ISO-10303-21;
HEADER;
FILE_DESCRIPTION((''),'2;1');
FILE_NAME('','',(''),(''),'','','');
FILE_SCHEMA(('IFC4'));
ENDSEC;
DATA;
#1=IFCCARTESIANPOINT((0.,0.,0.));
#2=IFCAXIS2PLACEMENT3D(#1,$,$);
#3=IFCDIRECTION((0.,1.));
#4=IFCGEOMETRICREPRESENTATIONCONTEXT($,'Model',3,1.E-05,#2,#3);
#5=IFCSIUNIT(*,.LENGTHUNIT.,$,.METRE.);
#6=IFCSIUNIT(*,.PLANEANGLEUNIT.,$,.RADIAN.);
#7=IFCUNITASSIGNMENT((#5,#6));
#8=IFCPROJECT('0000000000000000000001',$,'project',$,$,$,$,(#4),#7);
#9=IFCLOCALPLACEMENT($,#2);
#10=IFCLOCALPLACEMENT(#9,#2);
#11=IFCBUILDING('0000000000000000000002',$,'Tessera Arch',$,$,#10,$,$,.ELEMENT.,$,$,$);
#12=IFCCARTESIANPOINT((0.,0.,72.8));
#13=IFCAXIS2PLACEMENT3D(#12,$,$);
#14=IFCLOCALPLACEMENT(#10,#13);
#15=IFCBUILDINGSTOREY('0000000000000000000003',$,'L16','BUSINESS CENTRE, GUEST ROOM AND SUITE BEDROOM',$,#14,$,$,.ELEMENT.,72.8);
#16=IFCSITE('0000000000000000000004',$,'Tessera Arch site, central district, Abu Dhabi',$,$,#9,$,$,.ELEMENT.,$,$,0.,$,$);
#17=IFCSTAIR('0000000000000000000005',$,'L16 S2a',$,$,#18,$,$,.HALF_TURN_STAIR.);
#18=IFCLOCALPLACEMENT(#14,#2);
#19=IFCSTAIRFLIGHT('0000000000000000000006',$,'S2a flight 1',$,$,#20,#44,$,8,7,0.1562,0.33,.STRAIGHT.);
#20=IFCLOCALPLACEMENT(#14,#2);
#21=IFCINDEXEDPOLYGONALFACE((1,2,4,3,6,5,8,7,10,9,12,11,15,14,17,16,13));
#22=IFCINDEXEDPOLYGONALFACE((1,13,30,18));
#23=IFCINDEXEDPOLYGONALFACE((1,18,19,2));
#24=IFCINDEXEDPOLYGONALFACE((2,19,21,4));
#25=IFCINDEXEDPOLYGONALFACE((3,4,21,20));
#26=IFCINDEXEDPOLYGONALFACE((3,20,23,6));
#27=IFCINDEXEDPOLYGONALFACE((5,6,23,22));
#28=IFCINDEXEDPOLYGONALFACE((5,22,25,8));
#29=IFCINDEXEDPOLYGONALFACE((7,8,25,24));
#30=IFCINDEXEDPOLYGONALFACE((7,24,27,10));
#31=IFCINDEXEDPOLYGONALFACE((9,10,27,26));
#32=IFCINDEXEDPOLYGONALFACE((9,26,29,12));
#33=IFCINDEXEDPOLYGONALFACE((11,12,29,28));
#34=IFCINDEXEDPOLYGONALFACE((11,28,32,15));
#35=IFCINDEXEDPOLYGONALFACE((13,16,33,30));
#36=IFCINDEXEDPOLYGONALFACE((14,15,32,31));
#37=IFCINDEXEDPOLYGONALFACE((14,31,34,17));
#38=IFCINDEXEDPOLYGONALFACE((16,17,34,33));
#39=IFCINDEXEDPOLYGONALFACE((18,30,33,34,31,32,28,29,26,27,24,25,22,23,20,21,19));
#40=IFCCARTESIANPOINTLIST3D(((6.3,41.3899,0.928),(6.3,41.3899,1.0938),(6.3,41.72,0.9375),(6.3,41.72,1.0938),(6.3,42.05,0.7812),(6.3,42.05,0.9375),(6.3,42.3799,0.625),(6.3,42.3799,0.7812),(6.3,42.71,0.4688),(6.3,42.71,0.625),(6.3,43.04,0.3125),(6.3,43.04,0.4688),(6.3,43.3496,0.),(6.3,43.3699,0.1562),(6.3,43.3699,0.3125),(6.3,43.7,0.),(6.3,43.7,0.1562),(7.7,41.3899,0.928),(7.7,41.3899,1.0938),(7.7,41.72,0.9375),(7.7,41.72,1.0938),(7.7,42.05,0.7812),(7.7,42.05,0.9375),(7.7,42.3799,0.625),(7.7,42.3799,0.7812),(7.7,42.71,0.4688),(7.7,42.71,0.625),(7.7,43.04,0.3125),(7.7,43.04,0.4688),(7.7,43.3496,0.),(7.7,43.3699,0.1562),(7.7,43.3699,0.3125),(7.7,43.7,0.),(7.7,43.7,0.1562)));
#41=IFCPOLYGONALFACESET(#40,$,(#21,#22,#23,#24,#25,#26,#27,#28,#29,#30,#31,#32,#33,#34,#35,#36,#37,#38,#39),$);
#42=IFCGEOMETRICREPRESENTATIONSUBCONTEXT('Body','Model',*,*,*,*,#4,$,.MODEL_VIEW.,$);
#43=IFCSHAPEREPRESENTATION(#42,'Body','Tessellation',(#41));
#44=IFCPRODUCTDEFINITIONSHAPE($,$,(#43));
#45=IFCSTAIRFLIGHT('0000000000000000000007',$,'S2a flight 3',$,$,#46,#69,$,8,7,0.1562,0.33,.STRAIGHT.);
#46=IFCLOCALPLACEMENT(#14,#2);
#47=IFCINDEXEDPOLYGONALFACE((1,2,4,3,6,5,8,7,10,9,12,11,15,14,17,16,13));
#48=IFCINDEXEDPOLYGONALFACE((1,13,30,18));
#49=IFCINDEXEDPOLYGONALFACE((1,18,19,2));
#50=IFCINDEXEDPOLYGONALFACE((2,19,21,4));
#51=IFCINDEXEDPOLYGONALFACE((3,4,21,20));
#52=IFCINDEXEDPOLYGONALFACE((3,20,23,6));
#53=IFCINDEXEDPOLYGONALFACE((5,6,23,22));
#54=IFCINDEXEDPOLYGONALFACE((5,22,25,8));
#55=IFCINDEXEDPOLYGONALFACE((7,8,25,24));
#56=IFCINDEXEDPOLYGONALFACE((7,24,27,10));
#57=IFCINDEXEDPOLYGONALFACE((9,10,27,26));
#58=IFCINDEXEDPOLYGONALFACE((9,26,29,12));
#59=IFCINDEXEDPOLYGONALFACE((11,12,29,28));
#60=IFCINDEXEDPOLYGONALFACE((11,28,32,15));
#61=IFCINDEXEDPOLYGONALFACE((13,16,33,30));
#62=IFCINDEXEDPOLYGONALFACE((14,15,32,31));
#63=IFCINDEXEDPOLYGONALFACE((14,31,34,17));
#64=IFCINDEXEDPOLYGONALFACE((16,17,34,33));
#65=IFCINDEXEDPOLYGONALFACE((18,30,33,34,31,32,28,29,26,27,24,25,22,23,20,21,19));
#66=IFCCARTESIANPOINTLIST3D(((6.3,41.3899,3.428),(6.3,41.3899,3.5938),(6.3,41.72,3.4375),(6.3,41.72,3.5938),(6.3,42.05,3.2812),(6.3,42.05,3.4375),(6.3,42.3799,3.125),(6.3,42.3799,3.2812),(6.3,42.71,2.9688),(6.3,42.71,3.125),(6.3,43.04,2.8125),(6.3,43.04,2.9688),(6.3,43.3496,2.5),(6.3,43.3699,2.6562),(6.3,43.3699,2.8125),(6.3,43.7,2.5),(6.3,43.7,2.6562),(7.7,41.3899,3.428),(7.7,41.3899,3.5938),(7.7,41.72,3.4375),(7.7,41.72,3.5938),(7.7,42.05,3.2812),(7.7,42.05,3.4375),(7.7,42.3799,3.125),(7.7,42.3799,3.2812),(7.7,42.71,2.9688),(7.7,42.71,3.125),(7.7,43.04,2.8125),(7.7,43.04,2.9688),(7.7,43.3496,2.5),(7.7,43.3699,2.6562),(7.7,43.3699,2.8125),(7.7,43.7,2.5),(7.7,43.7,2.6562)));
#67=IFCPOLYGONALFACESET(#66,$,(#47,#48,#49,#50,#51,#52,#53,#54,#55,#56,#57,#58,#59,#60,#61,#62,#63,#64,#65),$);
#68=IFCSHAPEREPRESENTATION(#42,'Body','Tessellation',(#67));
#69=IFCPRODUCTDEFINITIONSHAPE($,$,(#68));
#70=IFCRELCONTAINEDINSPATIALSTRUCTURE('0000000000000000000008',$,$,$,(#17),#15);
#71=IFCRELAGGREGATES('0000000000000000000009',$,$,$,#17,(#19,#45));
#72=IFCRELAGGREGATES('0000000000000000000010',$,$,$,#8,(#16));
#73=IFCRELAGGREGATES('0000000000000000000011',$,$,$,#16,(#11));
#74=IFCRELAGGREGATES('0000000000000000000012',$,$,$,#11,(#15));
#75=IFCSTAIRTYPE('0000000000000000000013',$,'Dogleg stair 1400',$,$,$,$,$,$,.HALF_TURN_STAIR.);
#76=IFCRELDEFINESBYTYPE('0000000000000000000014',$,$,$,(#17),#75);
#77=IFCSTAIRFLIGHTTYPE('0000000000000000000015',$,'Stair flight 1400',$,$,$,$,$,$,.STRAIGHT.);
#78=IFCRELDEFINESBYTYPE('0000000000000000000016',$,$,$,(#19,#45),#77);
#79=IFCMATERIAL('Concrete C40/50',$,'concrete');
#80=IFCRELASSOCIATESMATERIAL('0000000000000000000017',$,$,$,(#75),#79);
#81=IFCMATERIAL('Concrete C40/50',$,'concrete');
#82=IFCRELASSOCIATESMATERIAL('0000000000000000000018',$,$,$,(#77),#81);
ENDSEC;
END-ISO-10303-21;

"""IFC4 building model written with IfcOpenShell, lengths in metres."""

from ifc_helpers import new_model, si_unit, direction, frame, origin, place, context, subcontext, project, spatial, polyline, outline, extrude, material, type_object, element, aggregate, save


model = new_model("IFC4")

# Units and contexts
model_context = context("Model", 3, precision=1e-05, world=origin(), true_north=direction((0.0, 1.0)))
body_context = subcontext(model_context, "Body", "Model", "MODEL_VIEW")
ifc_project = project(units=[si_unit("LENGTHUNIT", "METRE"), si_unit("PLANEANGLEUNIT", "RADIAN")], contexts=[model_context])

# Site, building, storey
site_placement = place(None, origin())
site = spatial("IfcSite", under=ifc_project, at=site_placement, Name="Tessera Arch site, central district, Abu Dhabi", CompositionType="ELEMENT", RefElevation=0.0)
building_placement = place(site_placement, origin())
building = spatial("IfcBuilding", under=site, at=building_placement, Name="Tessera Arch", CompositionType="ELEMENT")
storey_placement = place(building_placement, frame((0.0, 0.0, 72.8)))
storey = spatial("IfcBuildingStorey", under=building, at=storey_placement, Name="L16", Description="BUSINESS CENTRE, GUEST ROOM AND SUITE BEDROOM", CompositionType="ELEMENT", Elevation=72.8)

# Stair, stair flights
ifc_material_1 = material(Name="Concrete C40/50", Category="concrete")
stair_type = type_object("IfcStairType", Name="Dogleg stair 1400", PredefinedType="HALF_TURN_STAIR", material=ifc_material_1)
stair_placement = place(storey_placement, origin())
stair = element("IfcStair", 1, at=stair_placement, inside=storey, type_object=stair_type, Name="L16 S2a", PredefinedType="HALF_TURN_STAIR")
ifc_material_2 = material(Name="Concrete C40/50", Category="concrete")
stair_flight_type = type_object("IfcStairFlightType", Name="Stair flight 1400", PredefinedType="STRAIGHT", material=ifc_material_2)
stair_flight_1_placement = place(storey_placement, frame((7.0, 43.7, 0.0), z_axis=(0.0, 0.0, 1.0), x_axis=(0.0, -1.0, 0.0)))
stair_flight_1 = element("IfcStairFlight", 2, at=stair_flight_1_placement, type_object=stair_flight_type, Name="S2a flight 1", NumberOfRisers=8, NumberOfTreads=7, PredefinedType="STRAIGHT", RiserHeight=0.1562, TreadLength=0.33, context=body_context, shape_type="SweptSolid", body=[
    extrude(outline(polyline([(0.0, 0.0), (0.0, 0.1562), (0.3301, 0.1562), (0.3301, 0.3125), (0.6599, 0.3125), (0.6599, 0.4688), (0.99, 0.4688), (0.99, 0.625), (1.3201, 0.625), (1.3201, 0.7812), (1.6499, 0.7812), (1.6499, 0.9375), (1.98, 0.9375), (1.98, 1.0938), (2.3101, 1.0938), (2.3101, 1.25), (2.3101, 0.928), (0.3503, 0.0), (0.0, 0.0)])), frame((0.0, 0.7, 0.0), z_axis=(0.0, -1.0, 0.0), x_axis=(1.0, 0.0, 0.0)), (0.0, 0.0, 1.0), 1.3999),
])
stair_flight_2_placement = place(storey_placement, frame((7.0, 43.7, 2.5), z_axis=(0.0, 0.0, 1.0), x_axis=(0.0, -1.0, 0.0)))
stair_flight_2 = element("IfcStairFlight", 3, at=stair_flight_2_placement, type_object=stair_flight_type, Name="S2a flight 3", NumberOfRisers=8, NumberOfTreads=7, PredefinedType="STRAIGHT", RiserHeight=0.1562, TreadLength=0.33, context=body_context, shape_type="SweptSolid", body=[
    extrude(outline(polyline([(0.0, 0.0), (0.0, 0.1562), (0.3301, 0.1562), (0.3301, 0.3125), (0.6599, 0.3125), (0.6599, 0.4688), (0.99, 0.4688), (0.99, 0.625), (1.3201, 0.625), (1.3201, 0.7812), (1.6499, 0.7812), (1.6499, 0.9375), (1.98, 0.9375), (1.98, 1.0938), (2.3101, 1.0938), (2.3101, 1.25), (2.3101, 0.928), (0.3503, 0.0), (0.0, 0.0)])), frame((0.0, 0.7, 0.0), z_axis=(0.0, -1.0, 0.0), x_axis=(1.0, 0.0, 0.0)), (0.0, 0.0, 1.0), 1.3999),
])
aggregate(stair, [stair_flight_1, stair_flight_2])

save(model, "model.ifc")
